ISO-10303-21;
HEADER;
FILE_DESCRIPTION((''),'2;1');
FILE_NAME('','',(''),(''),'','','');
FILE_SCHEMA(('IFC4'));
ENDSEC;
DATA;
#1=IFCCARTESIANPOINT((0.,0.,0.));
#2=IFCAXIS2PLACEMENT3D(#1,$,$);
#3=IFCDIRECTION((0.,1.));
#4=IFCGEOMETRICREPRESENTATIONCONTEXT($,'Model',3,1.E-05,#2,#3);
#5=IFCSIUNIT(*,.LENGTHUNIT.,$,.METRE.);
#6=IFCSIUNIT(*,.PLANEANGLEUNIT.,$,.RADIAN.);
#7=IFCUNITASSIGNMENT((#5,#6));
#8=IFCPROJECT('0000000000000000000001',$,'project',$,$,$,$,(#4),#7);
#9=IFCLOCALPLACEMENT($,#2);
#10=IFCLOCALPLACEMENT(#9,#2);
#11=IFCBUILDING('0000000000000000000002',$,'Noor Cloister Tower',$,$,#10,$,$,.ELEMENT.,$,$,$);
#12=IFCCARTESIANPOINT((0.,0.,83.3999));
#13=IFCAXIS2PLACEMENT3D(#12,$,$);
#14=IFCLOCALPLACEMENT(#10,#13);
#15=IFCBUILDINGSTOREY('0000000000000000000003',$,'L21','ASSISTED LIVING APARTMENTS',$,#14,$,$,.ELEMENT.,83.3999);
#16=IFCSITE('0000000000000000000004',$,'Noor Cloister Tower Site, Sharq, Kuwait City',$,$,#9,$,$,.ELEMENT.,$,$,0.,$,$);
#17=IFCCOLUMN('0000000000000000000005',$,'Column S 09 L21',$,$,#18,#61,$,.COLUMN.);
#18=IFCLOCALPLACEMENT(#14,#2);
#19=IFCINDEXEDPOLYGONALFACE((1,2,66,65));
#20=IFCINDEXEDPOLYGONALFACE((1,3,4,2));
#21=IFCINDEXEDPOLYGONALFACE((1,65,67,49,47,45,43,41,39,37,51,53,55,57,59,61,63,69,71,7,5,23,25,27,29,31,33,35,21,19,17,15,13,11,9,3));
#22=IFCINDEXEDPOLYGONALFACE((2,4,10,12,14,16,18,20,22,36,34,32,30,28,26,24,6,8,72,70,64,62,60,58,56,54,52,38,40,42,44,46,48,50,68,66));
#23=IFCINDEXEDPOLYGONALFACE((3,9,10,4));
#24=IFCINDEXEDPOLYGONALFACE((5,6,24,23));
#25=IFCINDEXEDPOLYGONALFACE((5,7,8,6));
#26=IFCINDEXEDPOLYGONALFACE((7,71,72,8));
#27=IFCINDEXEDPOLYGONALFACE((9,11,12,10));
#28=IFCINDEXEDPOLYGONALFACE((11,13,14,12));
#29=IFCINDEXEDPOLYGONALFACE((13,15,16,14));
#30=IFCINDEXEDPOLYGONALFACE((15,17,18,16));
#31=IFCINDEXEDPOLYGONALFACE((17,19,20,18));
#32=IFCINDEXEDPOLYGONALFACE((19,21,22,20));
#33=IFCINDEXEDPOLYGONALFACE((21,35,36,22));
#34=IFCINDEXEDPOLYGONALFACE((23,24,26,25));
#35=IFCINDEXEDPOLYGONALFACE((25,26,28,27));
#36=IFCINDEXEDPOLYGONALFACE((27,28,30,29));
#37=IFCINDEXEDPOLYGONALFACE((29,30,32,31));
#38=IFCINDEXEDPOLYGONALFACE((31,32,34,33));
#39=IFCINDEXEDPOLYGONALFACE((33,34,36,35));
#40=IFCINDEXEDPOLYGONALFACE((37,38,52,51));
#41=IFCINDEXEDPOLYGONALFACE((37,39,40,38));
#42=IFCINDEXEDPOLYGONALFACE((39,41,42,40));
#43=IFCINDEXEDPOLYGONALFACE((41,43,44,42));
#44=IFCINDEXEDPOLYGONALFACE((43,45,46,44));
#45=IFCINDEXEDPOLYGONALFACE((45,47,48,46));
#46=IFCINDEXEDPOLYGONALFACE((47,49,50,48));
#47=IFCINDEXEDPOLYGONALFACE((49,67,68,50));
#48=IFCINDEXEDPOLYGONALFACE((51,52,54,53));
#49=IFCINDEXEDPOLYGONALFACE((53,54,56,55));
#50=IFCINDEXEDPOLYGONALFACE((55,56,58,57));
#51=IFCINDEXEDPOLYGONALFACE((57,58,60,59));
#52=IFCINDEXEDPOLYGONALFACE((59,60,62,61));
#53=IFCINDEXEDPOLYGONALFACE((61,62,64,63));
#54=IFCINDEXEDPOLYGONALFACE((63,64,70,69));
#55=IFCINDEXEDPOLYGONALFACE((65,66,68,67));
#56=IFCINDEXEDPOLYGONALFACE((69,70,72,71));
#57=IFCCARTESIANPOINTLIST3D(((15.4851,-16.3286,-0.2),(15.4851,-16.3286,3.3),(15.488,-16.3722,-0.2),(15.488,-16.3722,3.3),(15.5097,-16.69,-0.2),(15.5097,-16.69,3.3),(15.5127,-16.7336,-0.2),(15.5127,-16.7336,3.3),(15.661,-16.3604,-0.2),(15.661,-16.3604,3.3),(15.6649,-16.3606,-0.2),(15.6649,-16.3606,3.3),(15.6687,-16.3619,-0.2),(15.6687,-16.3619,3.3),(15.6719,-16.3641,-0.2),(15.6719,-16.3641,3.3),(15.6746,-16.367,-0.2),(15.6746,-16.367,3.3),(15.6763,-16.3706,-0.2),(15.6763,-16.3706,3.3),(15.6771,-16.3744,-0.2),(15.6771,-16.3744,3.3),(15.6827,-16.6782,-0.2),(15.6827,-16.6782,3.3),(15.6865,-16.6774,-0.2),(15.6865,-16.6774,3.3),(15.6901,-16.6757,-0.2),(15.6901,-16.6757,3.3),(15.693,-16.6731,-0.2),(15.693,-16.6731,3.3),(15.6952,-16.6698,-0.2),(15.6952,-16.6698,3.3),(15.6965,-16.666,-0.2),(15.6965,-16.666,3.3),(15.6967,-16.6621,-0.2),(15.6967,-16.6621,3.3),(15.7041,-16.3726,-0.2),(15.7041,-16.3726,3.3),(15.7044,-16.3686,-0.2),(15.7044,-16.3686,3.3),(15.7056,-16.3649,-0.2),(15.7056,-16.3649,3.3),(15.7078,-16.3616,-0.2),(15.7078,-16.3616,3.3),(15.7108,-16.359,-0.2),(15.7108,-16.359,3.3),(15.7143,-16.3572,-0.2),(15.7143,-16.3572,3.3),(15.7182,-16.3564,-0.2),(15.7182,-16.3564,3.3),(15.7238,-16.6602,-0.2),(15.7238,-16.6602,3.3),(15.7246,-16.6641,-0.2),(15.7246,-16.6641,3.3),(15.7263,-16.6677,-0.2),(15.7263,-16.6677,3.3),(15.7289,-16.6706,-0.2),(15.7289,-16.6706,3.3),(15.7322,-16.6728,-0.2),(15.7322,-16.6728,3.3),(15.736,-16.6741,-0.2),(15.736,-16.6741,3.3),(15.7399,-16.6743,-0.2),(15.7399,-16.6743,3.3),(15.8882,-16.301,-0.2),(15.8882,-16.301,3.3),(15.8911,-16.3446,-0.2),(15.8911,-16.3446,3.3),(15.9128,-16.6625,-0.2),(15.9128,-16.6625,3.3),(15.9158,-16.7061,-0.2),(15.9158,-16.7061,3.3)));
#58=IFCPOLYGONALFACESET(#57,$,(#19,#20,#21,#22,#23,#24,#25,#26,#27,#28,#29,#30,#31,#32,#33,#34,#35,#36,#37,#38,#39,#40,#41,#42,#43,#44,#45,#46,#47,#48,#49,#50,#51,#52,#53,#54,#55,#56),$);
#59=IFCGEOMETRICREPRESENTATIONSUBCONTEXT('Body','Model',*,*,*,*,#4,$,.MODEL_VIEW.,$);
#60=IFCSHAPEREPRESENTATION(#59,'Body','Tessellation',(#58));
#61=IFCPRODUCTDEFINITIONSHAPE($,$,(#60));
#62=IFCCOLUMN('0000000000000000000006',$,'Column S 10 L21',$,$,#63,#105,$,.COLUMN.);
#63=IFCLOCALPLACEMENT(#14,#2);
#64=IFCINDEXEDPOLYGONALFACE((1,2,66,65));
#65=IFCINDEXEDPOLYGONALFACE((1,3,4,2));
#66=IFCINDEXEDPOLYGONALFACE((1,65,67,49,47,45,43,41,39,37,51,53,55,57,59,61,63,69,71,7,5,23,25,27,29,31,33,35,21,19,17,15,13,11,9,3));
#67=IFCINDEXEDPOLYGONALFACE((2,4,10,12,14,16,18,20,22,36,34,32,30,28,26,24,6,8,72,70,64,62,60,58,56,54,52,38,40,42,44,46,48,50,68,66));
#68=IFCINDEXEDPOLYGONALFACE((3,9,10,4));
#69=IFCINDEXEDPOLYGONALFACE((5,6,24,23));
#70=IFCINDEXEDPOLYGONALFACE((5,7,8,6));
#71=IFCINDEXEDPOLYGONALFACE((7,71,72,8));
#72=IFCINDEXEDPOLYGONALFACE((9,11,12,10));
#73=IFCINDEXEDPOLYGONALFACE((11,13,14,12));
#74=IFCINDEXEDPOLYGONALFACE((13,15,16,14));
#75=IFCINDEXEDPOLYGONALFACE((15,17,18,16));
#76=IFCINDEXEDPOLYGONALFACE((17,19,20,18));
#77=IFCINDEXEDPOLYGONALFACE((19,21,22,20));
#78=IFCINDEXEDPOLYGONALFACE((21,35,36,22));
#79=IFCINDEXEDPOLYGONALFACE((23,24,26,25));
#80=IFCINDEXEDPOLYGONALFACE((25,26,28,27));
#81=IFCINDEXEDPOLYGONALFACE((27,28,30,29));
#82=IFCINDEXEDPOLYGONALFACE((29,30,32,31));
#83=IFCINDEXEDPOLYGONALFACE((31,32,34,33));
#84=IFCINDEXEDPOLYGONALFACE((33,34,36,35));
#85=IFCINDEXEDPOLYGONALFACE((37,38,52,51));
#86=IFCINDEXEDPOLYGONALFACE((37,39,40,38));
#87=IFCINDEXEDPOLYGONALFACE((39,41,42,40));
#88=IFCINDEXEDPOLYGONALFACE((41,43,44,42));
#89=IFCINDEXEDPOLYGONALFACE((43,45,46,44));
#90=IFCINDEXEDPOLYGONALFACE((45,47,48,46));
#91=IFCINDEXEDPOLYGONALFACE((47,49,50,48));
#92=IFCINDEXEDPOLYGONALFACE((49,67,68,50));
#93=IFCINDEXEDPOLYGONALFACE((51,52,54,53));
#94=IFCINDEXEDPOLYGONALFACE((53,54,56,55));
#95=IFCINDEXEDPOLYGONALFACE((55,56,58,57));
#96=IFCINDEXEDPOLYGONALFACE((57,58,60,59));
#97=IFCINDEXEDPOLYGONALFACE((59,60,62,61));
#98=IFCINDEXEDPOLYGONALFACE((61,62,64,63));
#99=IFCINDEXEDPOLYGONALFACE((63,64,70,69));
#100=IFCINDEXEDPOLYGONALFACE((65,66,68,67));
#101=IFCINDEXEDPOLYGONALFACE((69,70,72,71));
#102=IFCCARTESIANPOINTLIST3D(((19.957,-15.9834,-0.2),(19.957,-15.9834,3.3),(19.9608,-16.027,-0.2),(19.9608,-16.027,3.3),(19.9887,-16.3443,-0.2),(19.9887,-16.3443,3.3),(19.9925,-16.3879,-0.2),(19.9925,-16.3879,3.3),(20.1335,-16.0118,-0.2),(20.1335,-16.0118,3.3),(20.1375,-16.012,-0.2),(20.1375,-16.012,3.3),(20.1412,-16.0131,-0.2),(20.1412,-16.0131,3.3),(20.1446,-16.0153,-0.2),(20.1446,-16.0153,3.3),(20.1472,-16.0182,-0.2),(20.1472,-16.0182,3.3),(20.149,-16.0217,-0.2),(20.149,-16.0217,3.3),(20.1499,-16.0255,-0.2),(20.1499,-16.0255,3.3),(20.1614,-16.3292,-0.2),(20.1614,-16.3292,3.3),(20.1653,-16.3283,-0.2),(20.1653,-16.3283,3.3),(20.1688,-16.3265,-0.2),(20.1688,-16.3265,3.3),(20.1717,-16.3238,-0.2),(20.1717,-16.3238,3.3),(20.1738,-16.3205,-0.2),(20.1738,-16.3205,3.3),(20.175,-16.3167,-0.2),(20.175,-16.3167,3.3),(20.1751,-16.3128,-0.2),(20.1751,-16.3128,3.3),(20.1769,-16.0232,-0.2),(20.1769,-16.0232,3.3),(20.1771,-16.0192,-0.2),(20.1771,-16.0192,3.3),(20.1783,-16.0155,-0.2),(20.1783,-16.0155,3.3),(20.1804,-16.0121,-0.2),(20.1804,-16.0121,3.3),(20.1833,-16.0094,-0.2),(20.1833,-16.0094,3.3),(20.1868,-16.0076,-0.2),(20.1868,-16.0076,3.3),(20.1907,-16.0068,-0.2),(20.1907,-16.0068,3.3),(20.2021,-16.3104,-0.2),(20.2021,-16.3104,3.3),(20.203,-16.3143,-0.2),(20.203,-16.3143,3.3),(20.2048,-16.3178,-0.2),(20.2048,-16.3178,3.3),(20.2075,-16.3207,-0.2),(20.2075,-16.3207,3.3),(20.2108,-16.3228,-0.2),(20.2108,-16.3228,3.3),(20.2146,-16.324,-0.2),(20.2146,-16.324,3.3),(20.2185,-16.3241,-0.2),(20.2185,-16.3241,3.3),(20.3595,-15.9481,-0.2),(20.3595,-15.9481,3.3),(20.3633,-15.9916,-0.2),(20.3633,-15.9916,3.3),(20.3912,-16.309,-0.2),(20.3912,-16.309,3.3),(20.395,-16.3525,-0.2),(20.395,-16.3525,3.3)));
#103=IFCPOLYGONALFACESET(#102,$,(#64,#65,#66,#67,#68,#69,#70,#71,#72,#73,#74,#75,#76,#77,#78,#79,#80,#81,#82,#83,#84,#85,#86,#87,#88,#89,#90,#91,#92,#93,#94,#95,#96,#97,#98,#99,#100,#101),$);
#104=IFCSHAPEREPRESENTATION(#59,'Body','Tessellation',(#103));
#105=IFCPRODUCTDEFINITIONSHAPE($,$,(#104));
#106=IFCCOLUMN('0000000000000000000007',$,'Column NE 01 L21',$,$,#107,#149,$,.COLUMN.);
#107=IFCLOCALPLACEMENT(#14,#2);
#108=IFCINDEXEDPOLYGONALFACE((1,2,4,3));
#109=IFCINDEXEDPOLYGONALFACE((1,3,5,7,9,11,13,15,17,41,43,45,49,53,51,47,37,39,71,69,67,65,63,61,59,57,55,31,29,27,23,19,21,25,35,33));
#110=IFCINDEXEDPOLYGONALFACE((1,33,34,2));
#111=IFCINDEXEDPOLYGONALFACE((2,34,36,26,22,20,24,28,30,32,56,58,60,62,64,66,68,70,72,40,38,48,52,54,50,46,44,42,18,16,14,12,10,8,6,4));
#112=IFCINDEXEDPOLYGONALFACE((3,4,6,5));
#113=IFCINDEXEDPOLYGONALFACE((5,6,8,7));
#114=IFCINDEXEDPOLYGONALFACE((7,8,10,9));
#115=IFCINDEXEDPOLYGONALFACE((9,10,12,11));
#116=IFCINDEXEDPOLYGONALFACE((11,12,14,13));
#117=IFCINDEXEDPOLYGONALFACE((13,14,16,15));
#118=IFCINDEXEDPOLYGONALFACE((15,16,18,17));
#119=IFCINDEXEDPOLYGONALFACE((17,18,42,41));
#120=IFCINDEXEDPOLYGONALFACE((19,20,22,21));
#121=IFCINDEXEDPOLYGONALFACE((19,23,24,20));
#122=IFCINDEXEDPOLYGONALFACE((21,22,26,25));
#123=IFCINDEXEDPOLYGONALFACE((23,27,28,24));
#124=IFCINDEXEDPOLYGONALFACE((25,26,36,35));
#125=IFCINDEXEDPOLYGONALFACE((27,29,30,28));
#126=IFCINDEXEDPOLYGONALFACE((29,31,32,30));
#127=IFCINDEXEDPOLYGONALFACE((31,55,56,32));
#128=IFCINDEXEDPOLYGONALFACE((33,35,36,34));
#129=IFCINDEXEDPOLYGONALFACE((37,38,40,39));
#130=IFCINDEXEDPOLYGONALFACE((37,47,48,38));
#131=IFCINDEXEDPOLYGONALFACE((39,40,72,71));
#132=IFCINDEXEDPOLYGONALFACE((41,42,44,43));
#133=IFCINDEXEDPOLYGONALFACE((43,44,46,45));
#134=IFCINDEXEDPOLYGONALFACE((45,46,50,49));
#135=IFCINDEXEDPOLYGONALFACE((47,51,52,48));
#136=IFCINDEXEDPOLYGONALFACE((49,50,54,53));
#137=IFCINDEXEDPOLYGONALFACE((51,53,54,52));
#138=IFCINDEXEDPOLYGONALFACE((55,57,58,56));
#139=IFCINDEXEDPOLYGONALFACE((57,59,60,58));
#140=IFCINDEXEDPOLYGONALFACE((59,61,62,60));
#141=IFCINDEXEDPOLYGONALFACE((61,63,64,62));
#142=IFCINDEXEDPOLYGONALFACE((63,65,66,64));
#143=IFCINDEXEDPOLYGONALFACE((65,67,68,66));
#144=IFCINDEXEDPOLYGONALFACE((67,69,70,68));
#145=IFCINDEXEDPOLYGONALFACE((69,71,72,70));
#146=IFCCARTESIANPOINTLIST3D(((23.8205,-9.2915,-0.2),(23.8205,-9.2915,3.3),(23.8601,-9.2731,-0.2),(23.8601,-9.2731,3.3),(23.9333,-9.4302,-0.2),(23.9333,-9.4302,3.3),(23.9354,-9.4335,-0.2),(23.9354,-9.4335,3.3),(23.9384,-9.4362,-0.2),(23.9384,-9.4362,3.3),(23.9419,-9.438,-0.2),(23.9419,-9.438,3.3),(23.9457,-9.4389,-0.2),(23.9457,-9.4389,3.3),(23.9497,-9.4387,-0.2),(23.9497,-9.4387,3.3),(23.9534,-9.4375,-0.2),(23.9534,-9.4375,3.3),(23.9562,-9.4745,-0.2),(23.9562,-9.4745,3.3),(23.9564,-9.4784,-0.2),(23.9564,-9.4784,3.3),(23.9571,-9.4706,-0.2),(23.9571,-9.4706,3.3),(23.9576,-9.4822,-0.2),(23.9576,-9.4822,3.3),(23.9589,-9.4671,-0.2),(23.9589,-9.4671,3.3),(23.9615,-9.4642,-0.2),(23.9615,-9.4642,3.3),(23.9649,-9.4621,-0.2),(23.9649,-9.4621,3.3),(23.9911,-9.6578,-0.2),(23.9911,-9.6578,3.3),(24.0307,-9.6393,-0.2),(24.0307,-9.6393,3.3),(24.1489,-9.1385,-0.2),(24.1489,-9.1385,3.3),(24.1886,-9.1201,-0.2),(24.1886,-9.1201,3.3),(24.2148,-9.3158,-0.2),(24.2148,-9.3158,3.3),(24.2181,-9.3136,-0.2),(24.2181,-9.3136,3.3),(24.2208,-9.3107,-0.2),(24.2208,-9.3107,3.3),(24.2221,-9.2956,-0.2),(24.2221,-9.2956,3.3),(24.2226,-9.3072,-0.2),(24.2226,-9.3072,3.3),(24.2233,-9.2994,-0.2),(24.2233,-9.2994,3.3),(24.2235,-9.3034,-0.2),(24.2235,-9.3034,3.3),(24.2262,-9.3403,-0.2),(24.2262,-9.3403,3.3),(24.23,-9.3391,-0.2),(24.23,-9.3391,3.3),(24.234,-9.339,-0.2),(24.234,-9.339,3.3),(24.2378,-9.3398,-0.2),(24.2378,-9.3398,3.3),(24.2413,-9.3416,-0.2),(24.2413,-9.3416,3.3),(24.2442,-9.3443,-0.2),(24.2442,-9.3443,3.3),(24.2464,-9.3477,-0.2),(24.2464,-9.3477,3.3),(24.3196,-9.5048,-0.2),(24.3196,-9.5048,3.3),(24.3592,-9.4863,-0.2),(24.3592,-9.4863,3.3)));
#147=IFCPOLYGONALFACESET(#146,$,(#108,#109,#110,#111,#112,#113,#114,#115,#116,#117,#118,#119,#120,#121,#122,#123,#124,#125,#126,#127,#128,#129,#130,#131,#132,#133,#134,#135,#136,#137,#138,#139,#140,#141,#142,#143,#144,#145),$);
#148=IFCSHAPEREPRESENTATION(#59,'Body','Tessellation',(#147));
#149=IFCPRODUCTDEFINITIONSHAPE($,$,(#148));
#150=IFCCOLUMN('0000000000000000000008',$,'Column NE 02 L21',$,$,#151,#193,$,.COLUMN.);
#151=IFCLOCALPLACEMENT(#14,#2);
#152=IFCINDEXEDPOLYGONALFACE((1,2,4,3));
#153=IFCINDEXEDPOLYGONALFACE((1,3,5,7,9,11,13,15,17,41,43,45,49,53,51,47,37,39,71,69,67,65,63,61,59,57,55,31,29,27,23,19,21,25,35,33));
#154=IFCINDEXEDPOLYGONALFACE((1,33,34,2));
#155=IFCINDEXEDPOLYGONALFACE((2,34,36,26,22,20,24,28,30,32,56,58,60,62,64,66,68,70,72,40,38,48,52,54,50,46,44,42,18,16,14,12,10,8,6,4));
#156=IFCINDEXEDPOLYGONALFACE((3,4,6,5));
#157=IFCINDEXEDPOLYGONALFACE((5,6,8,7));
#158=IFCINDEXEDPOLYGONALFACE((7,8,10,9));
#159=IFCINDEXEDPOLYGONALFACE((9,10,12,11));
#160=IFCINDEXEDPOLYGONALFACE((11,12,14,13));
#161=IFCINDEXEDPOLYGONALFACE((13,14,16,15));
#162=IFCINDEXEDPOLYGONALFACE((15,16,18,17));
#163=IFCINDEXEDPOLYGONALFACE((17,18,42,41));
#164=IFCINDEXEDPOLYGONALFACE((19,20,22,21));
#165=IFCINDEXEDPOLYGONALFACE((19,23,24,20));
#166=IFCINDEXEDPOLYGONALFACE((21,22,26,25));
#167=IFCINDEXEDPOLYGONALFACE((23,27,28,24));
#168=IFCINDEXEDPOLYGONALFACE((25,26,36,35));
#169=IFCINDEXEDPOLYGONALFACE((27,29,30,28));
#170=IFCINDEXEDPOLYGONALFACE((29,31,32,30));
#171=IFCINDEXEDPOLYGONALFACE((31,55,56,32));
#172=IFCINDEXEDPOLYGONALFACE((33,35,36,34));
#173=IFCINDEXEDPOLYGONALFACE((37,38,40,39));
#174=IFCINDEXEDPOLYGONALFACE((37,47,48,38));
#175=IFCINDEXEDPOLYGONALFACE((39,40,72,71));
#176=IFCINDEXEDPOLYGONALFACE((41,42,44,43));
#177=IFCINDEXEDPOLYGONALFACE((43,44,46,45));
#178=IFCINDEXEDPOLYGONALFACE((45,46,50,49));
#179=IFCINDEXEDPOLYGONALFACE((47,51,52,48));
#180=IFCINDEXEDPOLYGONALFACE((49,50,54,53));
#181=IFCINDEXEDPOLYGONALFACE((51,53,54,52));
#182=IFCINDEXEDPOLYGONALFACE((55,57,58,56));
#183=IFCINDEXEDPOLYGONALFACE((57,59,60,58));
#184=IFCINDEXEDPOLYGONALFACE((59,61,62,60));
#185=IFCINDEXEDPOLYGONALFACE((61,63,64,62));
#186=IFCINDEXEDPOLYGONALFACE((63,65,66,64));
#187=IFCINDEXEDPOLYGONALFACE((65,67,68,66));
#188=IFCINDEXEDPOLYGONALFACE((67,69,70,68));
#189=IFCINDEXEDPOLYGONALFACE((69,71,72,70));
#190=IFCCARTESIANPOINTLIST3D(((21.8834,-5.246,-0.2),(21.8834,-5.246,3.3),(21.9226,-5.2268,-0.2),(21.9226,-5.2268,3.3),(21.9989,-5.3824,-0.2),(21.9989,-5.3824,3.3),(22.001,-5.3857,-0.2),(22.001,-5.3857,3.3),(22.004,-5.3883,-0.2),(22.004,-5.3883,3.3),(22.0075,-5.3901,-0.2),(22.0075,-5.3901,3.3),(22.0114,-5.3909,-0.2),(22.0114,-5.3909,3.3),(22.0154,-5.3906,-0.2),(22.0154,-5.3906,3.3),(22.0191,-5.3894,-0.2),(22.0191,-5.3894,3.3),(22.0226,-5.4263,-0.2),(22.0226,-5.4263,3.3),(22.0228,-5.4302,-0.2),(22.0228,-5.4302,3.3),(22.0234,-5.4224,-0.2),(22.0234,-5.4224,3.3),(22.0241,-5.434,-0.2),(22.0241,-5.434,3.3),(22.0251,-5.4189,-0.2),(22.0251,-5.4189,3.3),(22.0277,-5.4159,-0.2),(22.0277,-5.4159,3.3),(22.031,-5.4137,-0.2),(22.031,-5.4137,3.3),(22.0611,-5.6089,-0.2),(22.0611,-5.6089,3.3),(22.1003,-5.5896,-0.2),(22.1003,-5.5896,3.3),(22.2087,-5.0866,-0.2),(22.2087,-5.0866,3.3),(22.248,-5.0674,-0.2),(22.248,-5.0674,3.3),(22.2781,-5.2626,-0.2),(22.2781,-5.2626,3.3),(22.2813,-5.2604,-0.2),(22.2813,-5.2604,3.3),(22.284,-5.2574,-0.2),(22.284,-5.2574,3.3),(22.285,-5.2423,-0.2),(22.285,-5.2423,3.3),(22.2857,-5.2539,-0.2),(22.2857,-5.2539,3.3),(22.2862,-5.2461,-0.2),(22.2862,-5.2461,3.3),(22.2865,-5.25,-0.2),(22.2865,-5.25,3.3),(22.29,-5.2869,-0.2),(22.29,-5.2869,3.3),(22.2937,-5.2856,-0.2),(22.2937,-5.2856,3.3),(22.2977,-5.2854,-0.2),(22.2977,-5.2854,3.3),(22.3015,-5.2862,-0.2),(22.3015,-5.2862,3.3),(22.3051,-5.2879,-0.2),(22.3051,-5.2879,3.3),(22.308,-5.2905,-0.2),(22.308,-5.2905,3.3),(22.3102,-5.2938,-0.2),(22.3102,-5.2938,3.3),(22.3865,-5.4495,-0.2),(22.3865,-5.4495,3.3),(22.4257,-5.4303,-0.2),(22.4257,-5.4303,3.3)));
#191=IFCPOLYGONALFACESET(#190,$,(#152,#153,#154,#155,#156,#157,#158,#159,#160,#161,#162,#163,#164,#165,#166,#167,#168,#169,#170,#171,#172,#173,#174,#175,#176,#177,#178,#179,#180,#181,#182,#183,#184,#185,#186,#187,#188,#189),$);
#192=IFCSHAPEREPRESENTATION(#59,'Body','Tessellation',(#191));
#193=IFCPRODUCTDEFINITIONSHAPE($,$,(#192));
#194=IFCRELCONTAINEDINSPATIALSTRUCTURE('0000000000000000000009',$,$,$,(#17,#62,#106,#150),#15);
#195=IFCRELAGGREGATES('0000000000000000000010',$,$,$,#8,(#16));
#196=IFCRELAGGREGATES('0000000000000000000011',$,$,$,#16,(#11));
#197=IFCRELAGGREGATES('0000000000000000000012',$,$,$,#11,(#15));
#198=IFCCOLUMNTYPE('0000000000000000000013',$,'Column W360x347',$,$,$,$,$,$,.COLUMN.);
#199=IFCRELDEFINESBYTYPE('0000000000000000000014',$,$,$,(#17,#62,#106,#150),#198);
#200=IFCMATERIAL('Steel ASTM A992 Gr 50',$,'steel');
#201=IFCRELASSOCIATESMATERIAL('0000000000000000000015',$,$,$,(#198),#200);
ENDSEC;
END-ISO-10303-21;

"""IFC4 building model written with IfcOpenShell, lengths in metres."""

from ifc_helpers import new_model, si_unit, direction, frame, origin, origin_2d, place, context, subcontext, project, spatial, i_section, extrude, material, material_profile, profile_set, type_object, element, save


model = new_model("IFC4")

# Units and contexts
model_context = context("Model", 3, precision=1e-05, world=origin(), true_north=direction((0.0, 1.0)))
body_context = subcontext(model_context, "Body", "Model", "MODEL_VIEW")
ifc_project = project(units=[si_unit("LENGTHUNIT", "METRE"), si_unit("PLANEANGLEUNIT", "RADIAN")], contexts=[model_context])

# Site, building, storey
site_placement = place(None, origin())
site = spatial("IfcSite", under=ifc_project, at=site_placement, Name="Noor Cloister Tower Site, Sharq, Kuwait City", CompositionType="ELEMENT", RefElevation=0.0)
building_placement = place(site_placement, origin())
building = spatial("IfcBuilding", under=site, at=building_placement, Name="Noor Cloister Tower", CompositionType="ELEMENT")
storey_placement = place(building_placement, frame((0.0, 0.0, 83.3999)))
storey = spatial("IfcBuildingStorey", under=building, at=storey_placement, Name="L21", Description="ASSISTED LIVING APARTMENTS", CompositionType="ELEMENT", Elevation=83.3999)

# Columns
ifc_material_1 = material(Name="Steel ASTM A992 Gr 50", Category="steel")
ifc_material_profile_1 = material_profile(ifc_material_1, i_section(OverallWidth=0.4041, OverallDepth=0.406, WebThickness=0.0271, FlangeThickness=0.0437, FilletRadius=0.0151, at=origin_2d()), Name="W360x347")
ifc_profile_set_1 = profile_set([ifc_material_profile_1], Name="Steel ASTM A992 Gr 50")
column_type_1 = type_object("IfcColumnType", Name="Column W360x347", PredefinedType="COLUMN", material=ifc_profile_set_1)
for number, where, z_axis, x_axis, name in (
    (1, (15.7004, -16.5173, -0.2), (0.0, 0.0, 1.0), (0.997677, 0.068127, 0.0), "Column S 09 L21"),
    (2, (20.176, -16.168, -0.2), (0.0, 0.0, 1.0), (0.99616, 0.087548, 0.0), "Column S 10 L21"),
    (3, (24.0898, -9.3889, -0.2), (0.0, 0.0, 1.0), (-0.422262, 0.906474, 0.0), "Column NE 01 L21"),
    (4, (22.1545, -5.3381, -0.2), (0.0, 0.0, 1.0), (-0.439838, 0.898077, 0.0), "Column NE 02 L21"),
):
    element("IfcColumn", number, at=place(storey_placement, frame(where, z_axis=z_axis, x_axis=x_axis)), inside=storey, type_object=column_type_1, Name=name, PredefinedType="COLUMN", context=body_context, shape_type="SweptSolid", body=[
        extrude(i_section(OverallWidth=0.4041, OverallDepth=0.406, WebThickness=0.0271, FlangeThickness=0.0437, FilletRadius=0.0151, at=origin_2d()), origin(), (0.0, 0.0, 1.0), 3.5),
    ])

save(model, "model.ifc")
